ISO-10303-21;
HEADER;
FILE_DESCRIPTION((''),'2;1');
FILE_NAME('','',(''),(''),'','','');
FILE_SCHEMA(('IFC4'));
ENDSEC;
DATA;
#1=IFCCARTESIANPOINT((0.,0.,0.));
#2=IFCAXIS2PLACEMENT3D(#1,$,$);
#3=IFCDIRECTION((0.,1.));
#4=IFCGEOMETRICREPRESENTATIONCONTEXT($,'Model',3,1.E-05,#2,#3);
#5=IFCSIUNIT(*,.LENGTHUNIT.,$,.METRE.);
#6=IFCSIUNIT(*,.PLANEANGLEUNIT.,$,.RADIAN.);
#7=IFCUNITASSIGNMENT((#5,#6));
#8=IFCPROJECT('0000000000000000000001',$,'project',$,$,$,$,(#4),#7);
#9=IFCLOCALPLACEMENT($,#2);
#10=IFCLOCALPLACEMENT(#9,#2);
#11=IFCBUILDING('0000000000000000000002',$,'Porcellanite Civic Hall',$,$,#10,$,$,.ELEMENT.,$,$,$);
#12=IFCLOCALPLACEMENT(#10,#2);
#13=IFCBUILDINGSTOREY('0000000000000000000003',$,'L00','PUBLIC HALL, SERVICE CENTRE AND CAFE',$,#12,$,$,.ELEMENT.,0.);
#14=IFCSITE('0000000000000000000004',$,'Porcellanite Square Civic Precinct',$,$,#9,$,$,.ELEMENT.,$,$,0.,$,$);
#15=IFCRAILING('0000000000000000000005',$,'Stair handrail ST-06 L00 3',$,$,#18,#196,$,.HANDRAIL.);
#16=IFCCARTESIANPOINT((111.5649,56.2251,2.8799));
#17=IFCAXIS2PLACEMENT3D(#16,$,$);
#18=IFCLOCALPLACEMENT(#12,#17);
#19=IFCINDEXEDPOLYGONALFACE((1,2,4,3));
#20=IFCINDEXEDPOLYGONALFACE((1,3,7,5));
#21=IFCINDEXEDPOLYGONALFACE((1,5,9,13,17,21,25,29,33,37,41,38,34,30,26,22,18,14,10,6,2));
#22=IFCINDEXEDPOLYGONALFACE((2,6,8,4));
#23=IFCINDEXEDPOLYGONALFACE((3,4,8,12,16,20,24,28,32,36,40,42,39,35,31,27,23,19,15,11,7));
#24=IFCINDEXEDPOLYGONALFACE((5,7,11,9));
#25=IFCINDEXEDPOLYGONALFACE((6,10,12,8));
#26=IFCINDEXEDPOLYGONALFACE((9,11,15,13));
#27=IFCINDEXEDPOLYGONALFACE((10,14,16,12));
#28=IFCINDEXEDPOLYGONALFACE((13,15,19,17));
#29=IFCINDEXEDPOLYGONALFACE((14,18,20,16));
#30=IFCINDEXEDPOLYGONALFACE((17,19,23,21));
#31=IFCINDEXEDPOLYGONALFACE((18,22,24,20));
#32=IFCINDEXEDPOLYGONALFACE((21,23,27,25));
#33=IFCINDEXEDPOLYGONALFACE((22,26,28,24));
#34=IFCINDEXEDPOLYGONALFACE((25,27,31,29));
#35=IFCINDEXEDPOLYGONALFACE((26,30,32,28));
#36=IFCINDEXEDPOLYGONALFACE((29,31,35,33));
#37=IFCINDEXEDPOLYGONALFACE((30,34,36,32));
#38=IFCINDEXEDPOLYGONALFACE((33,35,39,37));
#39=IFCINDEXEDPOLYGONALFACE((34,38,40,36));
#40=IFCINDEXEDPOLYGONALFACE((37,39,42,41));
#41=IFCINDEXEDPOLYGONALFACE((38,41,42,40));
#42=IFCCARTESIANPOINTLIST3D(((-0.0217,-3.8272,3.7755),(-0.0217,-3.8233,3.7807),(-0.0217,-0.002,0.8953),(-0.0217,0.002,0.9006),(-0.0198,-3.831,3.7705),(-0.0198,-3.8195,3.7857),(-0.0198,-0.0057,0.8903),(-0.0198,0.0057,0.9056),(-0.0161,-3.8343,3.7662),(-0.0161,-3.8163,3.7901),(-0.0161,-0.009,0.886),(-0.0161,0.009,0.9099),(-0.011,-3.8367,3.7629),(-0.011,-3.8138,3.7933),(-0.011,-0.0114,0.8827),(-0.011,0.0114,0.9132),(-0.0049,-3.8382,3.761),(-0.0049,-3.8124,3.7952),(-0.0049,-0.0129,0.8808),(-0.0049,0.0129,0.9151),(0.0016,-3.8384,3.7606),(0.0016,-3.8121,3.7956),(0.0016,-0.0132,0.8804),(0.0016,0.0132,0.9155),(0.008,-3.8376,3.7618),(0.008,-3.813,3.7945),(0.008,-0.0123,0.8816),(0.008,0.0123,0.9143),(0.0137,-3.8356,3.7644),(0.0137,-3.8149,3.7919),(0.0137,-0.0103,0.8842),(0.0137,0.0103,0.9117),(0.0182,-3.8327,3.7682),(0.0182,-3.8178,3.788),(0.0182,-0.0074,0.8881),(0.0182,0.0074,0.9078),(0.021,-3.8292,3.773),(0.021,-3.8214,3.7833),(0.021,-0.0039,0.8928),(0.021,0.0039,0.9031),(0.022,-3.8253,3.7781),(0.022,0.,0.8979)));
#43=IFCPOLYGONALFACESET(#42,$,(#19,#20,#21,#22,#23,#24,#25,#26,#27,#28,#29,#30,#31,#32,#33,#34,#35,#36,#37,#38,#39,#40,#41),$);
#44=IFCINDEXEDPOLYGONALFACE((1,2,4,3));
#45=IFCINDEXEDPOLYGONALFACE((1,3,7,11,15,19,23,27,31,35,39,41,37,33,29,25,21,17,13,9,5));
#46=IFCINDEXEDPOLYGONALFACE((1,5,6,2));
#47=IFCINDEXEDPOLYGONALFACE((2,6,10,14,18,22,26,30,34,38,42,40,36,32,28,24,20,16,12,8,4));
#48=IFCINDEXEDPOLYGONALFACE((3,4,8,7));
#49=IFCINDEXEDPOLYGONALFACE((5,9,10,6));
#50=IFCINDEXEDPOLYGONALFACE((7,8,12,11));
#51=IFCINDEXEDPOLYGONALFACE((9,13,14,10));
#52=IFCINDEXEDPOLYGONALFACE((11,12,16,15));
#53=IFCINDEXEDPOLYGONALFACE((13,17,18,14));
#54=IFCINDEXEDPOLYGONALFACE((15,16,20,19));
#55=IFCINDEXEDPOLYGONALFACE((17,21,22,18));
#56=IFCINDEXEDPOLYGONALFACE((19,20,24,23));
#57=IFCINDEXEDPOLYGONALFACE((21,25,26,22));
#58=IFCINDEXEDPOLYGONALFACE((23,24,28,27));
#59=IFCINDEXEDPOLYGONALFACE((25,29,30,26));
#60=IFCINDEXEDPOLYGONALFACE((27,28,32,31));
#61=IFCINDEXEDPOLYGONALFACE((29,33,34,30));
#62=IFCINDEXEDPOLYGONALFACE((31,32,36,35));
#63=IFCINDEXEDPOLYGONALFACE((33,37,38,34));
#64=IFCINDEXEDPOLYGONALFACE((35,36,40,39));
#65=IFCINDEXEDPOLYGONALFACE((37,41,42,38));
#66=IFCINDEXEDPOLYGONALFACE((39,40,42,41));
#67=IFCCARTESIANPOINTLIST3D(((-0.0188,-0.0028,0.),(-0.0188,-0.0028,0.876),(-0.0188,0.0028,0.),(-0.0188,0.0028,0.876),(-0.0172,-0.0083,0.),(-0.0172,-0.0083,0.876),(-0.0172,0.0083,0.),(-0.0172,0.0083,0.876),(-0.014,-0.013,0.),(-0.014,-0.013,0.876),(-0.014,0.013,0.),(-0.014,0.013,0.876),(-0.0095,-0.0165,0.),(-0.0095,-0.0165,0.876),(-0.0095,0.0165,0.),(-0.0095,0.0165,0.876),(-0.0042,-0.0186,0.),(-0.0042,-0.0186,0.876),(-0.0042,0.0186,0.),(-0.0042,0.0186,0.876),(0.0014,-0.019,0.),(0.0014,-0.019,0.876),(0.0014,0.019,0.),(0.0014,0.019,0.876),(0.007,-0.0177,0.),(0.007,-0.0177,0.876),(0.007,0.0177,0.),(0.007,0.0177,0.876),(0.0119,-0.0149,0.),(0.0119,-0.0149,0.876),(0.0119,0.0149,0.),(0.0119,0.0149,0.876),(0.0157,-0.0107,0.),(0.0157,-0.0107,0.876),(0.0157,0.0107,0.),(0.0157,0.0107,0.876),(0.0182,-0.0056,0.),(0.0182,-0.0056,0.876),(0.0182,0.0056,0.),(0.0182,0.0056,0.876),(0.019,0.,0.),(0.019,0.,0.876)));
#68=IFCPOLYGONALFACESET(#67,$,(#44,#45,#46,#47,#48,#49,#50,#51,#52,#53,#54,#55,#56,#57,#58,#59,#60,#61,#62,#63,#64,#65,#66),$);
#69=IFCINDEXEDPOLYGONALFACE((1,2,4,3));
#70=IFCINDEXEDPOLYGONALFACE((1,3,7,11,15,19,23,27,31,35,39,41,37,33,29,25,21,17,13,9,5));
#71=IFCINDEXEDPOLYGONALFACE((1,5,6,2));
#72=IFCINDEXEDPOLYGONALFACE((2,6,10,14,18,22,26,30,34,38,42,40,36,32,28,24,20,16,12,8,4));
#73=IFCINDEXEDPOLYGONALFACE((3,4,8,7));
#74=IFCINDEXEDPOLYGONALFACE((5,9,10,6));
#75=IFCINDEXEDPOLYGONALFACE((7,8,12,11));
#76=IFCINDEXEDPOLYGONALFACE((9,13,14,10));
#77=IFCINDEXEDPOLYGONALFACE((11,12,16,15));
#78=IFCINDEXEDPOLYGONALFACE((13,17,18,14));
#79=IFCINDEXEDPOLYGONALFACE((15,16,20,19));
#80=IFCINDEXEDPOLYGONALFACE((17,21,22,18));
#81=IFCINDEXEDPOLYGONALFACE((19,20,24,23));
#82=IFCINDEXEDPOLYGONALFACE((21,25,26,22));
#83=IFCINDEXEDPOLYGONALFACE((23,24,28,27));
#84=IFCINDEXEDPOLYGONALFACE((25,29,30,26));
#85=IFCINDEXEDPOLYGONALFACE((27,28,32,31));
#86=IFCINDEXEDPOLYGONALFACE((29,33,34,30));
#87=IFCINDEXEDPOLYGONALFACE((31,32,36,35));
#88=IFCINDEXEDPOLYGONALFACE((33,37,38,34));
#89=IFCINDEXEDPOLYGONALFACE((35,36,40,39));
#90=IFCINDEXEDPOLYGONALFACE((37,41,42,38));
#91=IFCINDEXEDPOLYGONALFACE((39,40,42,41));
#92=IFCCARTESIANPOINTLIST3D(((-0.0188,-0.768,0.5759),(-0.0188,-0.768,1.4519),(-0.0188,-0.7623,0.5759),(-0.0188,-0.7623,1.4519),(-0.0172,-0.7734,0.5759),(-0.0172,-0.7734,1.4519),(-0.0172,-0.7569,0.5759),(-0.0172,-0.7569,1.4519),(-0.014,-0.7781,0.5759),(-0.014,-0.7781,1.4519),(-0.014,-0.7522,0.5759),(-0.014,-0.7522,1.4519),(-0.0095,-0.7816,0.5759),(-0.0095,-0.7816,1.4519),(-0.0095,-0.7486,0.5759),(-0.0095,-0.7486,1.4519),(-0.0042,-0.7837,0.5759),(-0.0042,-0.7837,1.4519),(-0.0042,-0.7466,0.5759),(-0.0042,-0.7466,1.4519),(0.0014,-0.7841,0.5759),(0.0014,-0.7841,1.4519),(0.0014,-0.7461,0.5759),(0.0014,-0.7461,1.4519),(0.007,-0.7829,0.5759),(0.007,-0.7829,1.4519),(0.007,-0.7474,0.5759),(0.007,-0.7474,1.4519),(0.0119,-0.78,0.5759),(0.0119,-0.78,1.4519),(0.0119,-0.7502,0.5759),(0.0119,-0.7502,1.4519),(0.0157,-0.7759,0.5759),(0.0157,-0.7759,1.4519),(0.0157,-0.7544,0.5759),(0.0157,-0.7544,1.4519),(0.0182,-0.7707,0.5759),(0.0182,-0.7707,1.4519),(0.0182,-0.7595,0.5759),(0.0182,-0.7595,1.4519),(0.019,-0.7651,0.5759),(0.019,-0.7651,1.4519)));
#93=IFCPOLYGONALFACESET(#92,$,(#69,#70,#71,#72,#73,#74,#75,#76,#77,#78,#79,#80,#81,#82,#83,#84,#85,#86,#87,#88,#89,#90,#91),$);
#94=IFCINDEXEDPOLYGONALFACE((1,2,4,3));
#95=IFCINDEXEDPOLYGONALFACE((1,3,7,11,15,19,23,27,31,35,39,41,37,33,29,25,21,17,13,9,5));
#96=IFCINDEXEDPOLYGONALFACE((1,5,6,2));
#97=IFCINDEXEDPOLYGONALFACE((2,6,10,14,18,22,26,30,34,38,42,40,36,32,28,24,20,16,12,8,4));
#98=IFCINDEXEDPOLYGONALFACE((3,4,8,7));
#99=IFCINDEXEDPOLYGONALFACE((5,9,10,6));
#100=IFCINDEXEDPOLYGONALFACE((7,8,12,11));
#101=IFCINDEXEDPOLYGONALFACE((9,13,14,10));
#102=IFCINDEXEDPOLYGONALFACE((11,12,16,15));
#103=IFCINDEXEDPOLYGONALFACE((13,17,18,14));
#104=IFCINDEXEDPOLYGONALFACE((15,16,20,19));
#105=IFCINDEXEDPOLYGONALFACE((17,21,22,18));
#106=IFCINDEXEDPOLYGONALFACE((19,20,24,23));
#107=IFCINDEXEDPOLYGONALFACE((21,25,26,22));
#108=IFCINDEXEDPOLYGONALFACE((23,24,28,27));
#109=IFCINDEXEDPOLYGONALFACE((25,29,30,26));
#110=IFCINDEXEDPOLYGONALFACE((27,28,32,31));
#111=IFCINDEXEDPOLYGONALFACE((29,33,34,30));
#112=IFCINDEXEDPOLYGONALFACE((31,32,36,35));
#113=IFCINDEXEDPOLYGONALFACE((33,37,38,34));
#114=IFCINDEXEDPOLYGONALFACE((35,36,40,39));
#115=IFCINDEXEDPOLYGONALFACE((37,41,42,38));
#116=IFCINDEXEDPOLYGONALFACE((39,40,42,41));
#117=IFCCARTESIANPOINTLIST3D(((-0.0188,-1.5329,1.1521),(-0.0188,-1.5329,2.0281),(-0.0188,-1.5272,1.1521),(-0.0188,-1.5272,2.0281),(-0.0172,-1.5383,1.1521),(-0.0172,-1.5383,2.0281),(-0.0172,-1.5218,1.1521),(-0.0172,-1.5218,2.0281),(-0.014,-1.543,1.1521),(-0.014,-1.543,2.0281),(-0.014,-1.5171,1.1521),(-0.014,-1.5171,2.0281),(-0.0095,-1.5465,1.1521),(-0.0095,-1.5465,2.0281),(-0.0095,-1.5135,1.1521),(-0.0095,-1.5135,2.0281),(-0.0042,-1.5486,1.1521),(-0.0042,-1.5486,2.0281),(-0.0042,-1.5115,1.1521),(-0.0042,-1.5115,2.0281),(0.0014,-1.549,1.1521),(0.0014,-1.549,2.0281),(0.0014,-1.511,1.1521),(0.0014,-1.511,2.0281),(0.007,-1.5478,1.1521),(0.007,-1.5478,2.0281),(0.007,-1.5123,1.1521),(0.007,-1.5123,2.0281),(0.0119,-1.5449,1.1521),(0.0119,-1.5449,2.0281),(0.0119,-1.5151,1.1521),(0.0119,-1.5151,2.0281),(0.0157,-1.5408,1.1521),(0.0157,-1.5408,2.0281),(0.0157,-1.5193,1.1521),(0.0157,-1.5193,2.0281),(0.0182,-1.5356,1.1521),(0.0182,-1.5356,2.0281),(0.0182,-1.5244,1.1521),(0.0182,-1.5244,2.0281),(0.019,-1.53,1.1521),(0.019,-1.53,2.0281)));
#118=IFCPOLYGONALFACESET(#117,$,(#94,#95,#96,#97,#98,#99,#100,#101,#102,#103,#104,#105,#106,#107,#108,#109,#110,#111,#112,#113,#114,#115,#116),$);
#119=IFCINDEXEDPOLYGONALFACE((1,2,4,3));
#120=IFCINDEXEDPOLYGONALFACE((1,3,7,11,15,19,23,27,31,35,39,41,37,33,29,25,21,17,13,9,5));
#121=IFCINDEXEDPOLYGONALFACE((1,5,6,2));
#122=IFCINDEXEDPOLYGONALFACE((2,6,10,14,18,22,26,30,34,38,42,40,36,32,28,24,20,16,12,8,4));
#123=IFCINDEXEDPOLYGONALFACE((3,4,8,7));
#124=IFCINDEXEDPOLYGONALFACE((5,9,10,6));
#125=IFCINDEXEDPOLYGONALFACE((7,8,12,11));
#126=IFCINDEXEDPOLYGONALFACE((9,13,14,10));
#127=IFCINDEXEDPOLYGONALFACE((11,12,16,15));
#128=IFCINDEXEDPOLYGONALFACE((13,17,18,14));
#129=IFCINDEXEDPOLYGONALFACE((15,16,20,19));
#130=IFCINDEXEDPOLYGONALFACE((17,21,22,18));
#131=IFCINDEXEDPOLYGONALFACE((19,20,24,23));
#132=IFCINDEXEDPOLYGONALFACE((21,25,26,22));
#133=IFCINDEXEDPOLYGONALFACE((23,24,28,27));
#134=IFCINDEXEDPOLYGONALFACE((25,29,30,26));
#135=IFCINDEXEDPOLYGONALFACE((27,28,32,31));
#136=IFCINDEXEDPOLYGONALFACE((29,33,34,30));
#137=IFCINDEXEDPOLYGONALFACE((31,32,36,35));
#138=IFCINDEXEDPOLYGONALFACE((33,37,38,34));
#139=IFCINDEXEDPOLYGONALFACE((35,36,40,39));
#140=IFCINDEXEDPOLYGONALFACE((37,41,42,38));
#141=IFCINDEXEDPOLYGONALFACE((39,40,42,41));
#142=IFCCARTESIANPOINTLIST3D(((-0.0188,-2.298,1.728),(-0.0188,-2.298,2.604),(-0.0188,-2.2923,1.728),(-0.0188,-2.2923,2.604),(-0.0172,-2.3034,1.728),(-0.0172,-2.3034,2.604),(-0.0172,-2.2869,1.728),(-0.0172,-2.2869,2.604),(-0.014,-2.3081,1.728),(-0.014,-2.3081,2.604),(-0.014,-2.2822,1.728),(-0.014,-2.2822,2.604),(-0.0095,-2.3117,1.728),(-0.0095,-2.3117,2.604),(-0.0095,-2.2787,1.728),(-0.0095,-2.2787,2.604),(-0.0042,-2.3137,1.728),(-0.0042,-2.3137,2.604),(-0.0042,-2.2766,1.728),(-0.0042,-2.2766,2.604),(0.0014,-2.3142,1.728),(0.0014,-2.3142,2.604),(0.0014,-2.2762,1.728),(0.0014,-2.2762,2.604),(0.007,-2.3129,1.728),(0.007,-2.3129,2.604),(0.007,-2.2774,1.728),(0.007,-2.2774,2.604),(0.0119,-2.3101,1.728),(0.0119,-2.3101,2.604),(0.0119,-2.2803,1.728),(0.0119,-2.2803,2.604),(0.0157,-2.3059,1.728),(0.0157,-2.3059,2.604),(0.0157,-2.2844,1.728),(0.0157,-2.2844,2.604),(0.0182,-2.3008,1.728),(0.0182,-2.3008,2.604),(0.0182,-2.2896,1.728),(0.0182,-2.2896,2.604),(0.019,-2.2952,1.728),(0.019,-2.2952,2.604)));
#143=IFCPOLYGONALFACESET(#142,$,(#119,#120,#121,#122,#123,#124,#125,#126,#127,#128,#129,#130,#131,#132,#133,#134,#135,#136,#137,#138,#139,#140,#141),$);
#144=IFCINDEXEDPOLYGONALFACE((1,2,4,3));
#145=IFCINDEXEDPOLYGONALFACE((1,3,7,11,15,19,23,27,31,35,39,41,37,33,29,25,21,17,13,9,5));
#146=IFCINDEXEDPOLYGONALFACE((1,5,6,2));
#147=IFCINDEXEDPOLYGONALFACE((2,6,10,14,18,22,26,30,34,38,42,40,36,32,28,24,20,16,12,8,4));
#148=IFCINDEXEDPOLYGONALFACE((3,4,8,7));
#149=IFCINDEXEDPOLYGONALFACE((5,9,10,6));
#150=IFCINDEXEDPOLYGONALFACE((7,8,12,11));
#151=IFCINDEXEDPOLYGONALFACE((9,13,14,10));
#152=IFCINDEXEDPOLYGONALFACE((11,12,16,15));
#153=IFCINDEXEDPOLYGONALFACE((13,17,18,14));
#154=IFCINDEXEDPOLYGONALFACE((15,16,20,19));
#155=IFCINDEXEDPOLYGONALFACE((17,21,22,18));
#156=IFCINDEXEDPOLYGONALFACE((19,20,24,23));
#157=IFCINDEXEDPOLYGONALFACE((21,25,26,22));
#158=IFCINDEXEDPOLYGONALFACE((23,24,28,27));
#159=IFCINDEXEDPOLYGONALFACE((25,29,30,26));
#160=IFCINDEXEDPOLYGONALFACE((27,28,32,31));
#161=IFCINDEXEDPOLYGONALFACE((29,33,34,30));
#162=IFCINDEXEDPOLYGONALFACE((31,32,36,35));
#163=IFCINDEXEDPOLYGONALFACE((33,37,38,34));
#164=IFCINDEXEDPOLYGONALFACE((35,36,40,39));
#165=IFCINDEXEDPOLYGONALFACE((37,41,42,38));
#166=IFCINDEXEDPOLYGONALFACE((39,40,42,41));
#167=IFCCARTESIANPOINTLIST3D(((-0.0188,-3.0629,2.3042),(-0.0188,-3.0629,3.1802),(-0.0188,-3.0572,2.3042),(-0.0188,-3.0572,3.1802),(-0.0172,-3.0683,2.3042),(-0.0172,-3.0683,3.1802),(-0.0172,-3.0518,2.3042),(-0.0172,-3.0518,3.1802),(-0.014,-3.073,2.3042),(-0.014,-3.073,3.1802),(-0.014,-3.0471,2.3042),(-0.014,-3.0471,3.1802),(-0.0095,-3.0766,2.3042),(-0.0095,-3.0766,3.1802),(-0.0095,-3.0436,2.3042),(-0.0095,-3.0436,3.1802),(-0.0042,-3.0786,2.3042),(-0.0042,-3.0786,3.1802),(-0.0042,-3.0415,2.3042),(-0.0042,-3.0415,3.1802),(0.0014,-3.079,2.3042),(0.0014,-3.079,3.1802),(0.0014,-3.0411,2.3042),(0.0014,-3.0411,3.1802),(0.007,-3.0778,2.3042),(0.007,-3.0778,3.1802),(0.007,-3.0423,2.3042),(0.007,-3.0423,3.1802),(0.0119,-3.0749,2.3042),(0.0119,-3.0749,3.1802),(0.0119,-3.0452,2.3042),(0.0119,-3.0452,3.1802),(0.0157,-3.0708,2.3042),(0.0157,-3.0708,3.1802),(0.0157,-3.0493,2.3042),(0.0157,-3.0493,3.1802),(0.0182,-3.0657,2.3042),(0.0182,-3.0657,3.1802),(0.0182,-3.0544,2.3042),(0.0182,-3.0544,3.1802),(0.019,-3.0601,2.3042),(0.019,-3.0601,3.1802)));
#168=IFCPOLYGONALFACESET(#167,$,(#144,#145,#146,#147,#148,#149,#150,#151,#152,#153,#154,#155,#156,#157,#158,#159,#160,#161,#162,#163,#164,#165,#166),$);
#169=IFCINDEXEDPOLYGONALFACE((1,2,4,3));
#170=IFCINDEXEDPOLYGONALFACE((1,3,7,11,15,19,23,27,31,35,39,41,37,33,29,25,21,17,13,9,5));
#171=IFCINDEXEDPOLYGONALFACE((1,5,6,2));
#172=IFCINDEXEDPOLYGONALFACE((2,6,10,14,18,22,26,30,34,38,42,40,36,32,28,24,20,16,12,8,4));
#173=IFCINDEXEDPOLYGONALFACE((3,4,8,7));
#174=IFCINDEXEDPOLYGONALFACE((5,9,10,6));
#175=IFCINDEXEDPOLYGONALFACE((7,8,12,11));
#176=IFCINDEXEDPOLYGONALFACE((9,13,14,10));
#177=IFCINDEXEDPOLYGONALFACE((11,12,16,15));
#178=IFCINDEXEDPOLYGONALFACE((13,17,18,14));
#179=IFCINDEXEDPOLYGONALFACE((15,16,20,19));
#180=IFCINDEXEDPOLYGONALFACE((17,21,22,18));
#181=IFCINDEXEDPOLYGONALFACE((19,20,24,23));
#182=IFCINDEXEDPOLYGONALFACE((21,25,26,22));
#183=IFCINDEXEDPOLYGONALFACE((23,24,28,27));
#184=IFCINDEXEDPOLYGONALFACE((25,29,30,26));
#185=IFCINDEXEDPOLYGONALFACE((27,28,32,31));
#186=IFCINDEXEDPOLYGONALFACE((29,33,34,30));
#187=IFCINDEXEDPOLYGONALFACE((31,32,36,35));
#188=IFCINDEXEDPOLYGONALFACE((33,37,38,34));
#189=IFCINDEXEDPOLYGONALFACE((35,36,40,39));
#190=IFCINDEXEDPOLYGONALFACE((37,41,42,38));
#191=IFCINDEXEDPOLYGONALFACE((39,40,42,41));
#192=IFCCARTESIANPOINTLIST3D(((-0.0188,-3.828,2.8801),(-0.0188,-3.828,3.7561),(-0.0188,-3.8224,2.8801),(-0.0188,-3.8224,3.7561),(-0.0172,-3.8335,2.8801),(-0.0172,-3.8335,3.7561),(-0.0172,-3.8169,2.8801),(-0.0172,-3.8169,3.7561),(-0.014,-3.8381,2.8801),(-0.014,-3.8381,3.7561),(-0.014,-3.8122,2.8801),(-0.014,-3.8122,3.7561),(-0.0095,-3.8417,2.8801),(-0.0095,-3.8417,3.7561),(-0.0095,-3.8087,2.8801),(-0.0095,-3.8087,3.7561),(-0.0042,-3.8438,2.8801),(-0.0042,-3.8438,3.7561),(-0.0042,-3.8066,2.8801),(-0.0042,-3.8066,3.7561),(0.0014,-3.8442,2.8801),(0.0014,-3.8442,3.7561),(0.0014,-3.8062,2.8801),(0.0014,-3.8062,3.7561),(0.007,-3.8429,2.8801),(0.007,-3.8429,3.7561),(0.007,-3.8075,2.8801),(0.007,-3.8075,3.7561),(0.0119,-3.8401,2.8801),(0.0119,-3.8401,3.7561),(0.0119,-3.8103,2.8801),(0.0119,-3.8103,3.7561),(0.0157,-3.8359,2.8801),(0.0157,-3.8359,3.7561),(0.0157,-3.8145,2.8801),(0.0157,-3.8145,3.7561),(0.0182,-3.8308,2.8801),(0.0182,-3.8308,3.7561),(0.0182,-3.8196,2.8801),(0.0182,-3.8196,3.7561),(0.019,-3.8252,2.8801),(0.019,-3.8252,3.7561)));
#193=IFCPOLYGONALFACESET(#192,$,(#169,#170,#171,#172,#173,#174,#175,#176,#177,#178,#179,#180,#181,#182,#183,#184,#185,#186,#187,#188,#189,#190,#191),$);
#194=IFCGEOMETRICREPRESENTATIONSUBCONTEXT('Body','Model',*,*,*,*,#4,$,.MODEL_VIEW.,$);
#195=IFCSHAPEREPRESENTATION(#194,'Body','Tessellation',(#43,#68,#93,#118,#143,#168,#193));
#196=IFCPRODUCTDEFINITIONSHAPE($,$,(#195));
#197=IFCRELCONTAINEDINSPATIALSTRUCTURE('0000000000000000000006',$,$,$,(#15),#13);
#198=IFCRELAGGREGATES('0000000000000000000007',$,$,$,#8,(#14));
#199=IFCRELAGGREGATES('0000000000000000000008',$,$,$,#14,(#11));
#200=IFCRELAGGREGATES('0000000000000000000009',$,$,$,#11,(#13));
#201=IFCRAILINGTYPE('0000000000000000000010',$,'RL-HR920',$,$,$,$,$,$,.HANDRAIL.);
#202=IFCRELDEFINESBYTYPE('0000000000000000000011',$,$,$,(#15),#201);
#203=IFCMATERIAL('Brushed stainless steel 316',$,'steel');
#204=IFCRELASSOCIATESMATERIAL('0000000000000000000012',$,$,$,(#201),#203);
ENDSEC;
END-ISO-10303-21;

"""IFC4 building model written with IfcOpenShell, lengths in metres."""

from ifc_helpers import new_model, si_unit, direction, frame, origin, origin_2d, place, context, subcontext, project, spatial, circle, extrude, material, type_object, element, save


model = new_model("IFC4")

# Units and contexts
model_context = context("Model", 3, precision=1e-05, world=origin(), true_north=direction((0.0, 1.0)))
body_context = subcontext(model_context, "Body", "Model", "MODEL_VIEW")
ifc_project = project(units=[si_unit("LENGTHUNIT", "METRE"), si_unit("PLANEANGLEUNIT", "RADIAN")], contexts=[model_context])

# Site, building, storey
site_placement = place(None, origin())
site = spatial("IfcSite", under=ifc_project, at=site_placement, Name="Porcellanite Square Civic Precinct", CompositionType="ELEMENT", RefElevation=0.0)
building_placement = place(site_placement, origin())
building = spatial("IfcBuilding", under=site, at=building_placement, Name="Porcellanite Civic Hall", CompositionType="ELEMENT")
storey_placement = place(building_placement, origin())
storey = spatial("IfcBuildingStorey", under=building, at=storey_placement, Name="L00", Description="PUBLIC HALL, SERVICE CENTRE AND CAFE", CompositionType="ELEMENT", Elevation=0.0)

# Railing
ifc_material_1 = material(Name="Brushed stainless steel 316", Category="steel")
railing_type_1 = type_object("IfcRailingType", Name="RL-HR920", PredefinedType="HANDRAIL", material=ifc_material_1)
railing_1_placement = place(storey_placement, frame((111.5649, 56.2251, 2.8799)))
element("IfcRailing", 1, at=railing_1_placement, inside=storey, type_object=railing_type_1, Name="Stair handrail ST-06 L00 3", PredefinedType="HANDRAIL", context=body_context, shape_type="SweptSolid", body=[
    extrude(circle(Radius=0.022, at=origin_2d()), frame((0.0, 0.0, 0.8979), z_axis=(0.0, -0.798873, 0.6015), x_axis=(1.0, 0.0, 0.0)), (0.0, 0.0, 1.0), 4.7883),
    extrude(circle(Radius=0.019, at=origin_2d()), origin(), (0.0, 0.0, 1.0), 0.876),
    extrude(circle(Radius=0.019, at=origin_2d()), frame((0.0, -0.7651, 0.5759)), (0.0, 0.0, 1.0), 0.876),
    extrude(circle(Radius=0.019, at=origin_2d()), frame((0.0, -1.53, 1.1521)), (0.0, 0.0, 1.0), 0.876),
    extrude(circle(Radius=0.019, at=origin_2d()), frame((0.0, -2.2952, 1.728)), (0.0, 0.0, 1.0), 0.876),
    extrude(circle(Radius=0.019, at=origin_2d()), frame((0.0, -3.0601, 2.3042)), (0.0, 0.0, 1.0), 0.876),
    extrude(circle(Radius=0.019, at=origin_2d()), frame((0.0, -3.8252, 2.8801)), (0.0, 0.0, 1.0), 0.876),
])

save(model, "model.ifc")
